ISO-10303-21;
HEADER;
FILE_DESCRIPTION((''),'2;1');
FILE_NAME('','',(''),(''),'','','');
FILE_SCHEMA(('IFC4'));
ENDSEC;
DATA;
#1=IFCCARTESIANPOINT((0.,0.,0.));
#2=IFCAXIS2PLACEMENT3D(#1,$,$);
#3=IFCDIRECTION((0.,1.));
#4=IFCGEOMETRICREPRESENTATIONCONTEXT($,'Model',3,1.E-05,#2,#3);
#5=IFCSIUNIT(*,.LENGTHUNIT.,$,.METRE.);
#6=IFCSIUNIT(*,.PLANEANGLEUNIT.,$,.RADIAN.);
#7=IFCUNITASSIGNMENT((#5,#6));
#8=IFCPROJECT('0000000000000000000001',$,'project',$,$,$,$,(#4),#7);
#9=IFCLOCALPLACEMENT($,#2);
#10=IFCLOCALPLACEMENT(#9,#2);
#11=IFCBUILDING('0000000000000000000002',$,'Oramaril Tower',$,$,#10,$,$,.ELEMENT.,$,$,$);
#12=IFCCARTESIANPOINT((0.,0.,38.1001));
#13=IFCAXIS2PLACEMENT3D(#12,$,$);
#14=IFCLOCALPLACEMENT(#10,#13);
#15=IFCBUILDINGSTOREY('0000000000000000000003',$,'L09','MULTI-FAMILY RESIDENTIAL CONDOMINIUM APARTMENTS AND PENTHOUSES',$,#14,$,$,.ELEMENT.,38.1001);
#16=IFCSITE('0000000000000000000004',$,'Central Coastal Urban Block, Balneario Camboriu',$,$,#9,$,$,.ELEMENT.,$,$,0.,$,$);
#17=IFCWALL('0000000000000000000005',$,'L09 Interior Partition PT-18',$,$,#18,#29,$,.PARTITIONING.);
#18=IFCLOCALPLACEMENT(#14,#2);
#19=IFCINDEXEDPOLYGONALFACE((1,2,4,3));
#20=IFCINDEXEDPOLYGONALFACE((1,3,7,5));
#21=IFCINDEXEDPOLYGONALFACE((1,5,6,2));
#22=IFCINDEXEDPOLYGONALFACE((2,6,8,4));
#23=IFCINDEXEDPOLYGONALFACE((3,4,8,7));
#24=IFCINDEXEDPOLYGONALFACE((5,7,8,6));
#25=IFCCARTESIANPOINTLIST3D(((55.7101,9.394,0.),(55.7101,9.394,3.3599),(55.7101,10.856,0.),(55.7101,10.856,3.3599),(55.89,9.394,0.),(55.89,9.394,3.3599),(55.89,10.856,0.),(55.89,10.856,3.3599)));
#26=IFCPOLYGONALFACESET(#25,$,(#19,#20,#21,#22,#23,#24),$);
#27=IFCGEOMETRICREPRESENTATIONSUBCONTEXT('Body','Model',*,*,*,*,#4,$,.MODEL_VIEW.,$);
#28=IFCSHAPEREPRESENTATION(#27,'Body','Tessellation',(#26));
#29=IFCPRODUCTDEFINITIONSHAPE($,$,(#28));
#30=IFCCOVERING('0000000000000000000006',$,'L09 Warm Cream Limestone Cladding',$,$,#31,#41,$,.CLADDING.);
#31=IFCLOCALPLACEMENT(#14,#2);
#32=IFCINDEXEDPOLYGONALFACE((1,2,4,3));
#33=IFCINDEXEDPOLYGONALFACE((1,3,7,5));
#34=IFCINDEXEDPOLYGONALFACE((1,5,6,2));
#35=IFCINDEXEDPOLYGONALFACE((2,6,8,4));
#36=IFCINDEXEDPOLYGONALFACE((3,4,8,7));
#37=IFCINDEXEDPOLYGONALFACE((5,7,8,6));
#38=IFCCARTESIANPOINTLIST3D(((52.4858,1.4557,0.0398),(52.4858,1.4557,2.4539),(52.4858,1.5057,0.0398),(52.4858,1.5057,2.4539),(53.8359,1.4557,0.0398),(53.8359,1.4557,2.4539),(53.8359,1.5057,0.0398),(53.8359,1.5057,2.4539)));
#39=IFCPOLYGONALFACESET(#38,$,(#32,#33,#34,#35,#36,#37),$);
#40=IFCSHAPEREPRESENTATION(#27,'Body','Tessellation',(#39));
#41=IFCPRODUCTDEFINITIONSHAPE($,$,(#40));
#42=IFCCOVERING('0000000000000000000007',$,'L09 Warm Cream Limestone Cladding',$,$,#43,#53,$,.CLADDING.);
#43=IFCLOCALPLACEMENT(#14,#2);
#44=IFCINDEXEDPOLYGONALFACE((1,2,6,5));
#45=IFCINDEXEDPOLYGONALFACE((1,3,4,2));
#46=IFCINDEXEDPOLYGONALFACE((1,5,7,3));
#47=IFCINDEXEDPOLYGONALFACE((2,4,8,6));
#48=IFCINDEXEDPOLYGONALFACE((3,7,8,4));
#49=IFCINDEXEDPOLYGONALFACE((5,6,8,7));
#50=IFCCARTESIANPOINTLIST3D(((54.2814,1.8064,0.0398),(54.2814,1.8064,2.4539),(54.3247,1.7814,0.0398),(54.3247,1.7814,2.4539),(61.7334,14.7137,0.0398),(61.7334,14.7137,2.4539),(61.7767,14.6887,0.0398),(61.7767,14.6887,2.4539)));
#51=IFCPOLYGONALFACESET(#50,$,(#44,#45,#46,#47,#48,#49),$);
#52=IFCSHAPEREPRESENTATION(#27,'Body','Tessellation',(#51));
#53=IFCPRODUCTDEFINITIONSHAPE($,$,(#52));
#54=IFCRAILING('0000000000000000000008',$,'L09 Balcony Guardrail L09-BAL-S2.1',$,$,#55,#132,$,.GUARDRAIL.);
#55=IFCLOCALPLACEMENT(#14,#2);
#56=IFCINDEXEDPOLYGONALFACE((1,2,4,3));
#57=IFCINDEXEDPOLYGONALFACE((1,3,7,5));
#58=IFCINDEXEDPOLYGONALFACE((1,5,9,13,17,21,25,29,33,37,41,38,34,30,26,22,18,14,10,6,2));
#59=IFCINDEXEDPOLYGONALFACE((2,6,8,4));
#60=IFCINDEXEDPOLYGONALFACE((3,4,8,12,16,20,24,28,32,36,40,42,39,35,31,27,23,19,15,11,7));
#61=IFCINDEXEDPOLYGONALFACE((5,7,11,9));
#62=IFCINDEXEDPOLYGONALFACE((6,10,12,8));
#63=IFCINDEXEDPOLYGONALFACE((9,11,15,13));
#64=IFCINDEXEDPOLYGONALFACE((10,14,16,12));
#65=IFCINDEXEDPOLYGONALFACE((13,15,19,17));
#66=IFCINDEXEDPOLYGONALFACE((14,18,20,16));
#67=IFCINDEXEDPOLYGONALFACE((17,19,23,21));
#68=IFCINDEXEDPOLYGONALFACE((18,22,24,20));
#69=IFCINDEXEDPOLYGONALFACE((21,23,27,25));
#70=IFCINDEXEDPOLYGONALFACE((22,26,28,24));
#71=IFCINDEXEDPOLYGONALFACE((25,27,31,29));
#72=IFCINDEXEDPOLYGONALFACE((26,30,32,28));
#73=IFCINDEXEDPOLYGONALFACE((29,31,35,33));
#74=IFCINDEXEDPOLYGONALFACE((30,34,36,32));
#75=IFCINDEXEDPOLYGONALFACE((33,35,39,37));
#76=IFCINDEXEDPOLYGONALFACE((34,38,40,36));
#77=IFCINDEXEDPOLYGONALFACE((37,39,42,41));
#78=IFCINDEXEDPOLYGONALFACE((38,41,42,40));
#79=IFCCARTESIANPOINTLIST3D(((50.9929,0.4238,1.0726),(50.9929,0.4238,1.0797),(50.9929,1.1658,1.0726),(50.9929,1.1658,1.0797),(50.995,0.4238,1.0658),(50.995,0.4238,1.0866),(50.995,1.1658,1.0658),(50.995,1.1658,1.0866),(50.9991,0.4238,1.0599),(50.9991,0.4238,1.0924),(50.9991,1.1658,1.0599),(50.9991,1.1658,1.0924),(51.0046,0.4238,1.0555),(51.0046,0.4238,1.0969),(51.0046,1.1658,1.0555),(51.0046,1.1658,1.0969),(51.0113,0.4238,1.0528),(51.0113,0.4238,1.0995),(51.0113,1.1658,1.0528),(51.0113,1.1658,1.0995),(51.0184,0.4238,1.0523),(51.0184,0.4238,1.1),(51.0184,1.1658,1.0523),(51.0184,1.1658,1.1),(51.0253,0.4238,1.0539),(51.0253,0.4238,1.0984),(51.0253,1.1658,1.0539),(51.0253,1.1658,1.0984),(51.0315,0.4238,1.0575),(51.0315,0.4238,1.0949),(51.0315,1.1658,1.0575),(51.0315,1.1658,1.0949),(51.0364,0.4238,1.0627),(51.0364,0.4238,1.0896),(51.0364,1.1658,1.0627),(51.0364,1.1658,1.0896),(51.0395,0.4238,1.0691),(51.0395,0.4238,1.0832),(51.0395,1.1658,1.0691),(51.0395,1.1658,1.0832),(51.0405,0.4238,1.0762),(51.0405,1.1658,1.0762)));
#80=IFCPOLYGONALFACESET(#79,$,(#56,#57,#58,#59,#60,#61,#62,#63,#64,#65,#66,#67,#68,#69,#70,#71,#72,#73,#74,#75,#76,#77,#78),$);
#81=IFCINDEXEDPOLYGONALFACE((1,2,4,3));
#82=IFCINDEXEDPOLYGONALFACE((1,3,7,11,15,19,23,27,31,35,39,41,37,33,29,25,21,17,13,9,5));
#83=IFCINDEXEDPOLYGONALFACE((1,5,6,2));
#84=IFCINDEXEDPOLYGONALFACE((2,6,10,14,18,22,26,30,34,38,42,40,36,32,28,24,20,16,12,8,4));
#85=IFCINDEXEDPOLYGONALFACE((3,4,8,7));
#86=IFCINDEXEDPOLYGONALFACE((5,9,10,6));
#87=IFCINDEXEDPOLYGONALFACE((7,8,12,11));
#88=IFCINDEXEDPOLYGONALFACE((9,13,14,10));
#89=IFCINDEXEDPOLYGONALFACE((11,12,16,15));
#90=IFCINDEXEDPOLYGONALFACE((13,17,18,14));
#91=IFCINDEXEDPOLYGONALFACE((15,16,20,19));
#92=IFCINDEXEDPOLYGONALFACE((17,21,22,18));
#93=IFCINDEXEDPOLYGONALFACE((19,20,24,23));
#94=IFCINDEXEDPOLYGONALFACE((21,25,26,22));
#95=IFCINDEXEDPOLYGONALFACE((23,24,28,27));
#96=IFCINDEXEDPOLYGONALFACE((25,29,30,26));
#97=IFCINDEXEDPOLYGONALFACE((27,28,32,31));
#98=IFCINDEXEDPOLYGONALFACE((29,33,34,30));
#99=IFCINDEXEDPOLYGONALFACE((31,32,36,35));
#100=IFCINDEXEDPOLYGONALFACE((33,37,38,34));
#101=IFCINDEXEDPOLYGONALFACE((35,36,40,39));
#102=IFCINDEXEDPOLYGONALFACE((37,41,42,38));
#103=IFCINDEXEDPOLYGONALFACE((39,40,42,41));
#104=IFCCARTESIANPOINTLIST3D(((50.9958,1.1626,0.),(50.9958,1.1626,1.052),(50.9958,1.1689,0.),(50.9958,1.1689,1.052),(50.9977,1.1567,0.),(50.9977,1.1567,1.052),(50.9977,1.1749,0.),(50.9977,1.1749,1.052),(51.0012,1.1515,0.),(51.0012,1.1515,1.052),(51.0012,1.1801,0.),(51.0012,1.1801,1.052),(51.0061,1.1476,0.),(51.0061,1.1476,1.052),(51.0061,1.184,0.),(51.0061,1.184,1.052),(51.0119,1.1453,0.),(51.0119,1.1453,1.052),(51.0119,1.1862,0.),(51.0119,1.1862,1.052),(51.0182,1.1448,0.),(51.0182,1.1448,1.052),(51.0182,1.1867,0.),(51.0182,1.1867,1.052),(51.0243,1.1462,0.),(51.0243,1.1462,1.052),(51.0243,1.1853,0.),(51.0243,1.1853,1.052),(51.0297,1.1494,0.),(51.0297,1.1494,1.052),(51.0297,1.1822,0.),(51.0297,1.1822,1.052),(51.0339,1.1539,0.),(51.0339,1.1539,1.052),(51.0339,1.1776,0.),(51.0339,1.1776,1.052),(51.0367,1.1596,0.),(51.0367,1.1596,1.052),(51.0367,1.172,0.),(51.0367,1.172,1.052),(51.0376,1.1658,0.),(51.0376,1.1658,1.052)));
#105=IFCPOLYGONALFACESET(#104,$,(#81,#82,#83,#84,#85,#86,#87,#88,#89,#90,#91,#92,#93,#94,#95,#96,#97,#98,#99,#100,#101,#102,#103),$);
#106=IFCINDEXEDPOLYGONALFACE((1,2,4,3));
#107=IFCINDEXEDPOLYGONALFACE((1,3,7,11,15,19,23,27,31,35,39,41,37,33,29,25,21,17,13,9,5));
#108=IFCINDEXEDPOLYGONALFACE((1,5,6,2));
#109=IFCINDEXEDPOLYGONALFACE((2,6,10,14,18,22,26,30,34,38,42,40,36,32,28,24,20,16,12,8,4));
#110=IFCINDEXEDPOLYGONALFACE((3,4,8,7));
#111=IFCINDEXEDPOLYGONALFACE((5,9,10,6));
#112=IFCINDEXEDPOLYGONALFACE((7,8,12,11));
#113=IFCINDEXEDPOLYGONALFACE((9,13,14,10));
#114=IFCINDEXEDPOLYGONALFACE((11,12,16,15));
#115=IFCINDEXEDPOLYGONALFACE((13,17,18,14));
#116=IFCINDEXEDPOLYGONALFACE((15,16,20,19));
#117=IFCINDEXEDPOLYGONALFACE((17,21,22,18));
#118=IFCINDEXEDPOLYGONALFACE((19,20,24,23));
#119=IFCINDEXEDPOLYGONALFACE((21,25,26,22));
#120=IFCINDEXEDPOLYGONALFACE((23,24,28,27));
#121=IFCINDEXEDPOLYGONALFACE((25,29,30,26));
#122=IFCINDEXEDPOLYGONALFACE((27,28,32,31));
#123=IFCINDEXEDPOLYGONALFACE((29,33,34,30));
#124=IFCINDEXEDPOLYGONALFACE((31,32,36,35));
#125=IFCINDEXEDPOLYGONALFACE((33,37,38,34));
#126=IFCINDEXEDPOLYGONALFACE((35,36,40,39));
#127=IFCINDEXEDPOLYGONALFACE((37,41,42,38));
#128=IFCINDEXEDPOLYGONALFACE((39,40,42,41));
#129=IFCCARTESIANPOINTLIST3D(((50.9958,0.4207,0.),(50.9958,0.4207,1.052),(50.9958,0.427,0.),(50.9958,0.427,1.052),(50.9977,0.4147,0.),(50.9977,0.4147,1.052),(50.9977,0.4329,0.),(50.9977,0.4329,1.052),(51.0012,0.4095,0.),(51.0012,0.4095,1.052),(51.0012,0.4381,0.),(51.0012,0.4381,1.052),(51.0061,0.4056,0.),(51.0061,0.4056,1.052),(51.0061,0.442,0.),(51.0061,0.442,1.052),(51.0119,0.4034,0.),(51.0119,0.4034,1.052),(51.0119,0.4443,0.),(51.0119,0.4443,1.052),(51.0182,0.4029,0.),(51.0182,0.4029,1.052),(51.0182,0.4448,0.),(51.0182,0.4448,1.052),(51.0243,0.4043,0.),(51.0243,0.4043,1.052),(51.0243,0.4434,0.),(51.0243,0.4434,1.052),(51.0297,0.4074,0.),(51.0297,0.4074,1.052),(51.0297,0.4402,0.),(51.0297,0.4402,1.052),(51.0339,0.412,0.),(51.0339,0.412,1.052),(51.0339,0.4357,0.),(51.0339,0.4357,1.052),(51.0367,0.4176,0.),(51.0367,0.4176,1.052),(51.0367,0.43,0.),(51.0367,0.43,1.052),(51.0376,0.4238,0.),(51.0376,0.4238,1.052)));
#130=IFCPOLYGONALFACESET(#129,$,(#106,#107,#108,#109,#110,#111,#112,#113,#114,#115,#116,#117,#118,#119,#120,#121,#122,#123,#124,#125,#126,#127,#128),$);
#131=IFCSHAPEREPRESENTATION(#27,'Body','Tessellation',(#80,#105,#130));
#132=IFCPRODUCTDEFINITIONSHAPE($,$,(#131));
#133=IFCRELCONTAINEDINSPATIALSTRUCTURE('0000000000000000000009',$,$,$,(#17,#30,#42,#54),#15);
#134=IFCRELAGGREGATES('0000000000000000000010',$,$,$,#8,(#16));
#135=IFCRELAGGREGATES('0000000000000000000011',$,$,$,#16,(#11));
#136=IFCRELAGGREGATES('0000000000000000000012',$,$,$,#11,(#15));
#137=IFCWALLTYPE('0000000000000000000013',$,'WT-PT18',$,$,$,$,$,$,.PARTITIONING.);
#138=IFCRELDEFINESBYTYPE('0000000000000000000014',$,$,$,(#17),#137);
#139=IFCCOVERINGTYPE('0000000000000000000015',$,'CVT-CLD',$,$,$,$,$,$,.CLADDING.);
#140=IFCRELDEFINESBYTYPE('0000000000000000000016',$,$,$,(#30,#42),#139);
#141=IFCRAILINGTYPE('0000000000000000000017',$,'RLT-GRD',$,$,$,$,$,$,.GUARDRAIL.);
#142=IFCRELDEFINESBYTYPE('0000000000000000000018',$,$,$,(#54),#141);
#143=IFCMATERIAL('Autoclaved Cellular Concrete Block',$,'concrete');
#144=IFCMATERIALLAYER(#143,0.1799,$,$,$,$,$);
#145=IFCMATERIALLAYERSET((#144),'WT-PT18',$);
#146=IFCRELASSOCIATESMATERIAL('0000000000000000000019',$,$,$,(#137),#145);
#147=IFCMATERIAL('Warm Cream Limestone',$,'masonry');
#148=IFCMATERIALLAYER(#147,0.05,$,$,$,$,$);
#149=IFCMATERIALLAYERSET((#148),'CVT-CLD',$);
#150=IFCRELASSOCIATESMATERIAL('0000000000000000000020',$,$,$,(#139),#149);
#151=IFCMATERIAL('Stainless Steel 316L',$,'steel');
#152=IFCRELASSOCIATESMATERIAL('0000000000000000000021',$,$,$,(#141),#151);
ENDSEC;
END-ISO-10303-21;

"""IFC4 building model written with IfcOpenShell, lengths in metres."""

from ifc_helpers import new_model, si_unit, direction, frame, frame_2d, origin, origin_2d, place, context, subcontext, project, spatial, rectangle, circle, extrude, material, layer, layer_set, type_object, element, save


model = new_model("IFC4")

# Units and contexts
model_context = context("Model", 3, precision=1e-05, world=origin(), true_north=direction((0.0, 1.0)))
body_context = subcontext(model_context, "Body", "Model", "MODEL_VIEW")
ifc_project = project(units=[si_unit("LENGTHUNIT", "METRE"), si_unit("PLANEANGLEUNIT", "RADIAN")], contexts=[model_context])

# Site, building, storey
site_placement = place(None, origin())
site = spatial("IfcSite", under=ifc_project, at=site_placement, Name="Central Coastal Urban Block, Balneario Camboriu", CompositionType="ELEMENT", RefElevation=0.0)
building_placement = place(site_placement, origin())
building = spatial("IfcBuilding", under=site, at=building_placement, Name="Oramaril Tower", CompositionType="ELEMENT")
storey_placement = place(building_placement, frame((0.0, 0.0, 38.1001)))
storey = spatial("IfcBuildingStorey", under=building, at=storey_placement, Name="L09", Description="MULTI-FAMILY RESIDENTIAL CONDOMINIUM APARTMENTS AND PENTHOUSES", CompositionType="ELEMENT", Elevation=38.1001)

# Wall
ifc_material_1 = material(Name="Autoclaved Cellular Concrete Block", Category="concrete")
ifc_layer_1 = layer(ifc_material_1, 0.1799)
ifc_layer_set_1 = layer_set([ifc_layer_1], Name="WT-PT18")
wall_type_1 = type_object("IfcWallType", Name="WT-PT18", PredefinedType="PARTITIONING", material=ifc_layer_set_1)
wall_1_placement = place(storey_placement, frame((55.8, 9.394, 0.0), z_axis=(0.0, 0.0, 1.0), x_axis=(0.0, 1.0, 0.0)))
element("IfcWall", 1, at=wall_1_placement, inside=storey, type_object=wall_type_1, Name="L09 Interior Partition PT-18", PredefinedType="PARTITIONING", context=body_context, shape_type="SweptSolid", body=[
    extrude(rectangle(XDim=1.4619, YDim=0.1799, at=frame_2d((0.731, 0.0))), origin(), (0.0, 0.0, 1.0), 3.3599),
])

# Coverings
ifc_material_2 = material(Name="Warm Cream Limestone", Category="masonry")
ifc_layer_2 = layer(ifc_material_2, 0.05)
ifc_layer_set_2 = layer_set([ifc_layer_2], Name="CVT-CLD")
covering_type = type_object("IfcCoveringType", Name="CVT-CLD", PredefinedType="CLADDING", material=ifc_layer_set_2)
covering_1_placement = place(storey_placement, frame((53.1609, 1.4807, 0.0398), z_axis=(0.0, 0.0, 1.0), x_axis=(1.0, 0.0, 0.0)))
element("IfcCovering", 2, at=covering_1_placement, inside=storey, type_object=covering_type, Name="L09 Warm Cream Limestone Cladding", PredefinedType="CLADDING", context=body_context, shape_type="SweptSolid", body=[
    extrude(rectangle(XDim=1.3501, YDim=0.05, at=origin_2d()), origin(), (0.0, 0.0, 1.0), 2.4141),
])
covering_2_placement = place(storey_placement, frame((58.0291, 8.2476, 0.0398), z_axis=(0.0, 0.0, 1.0), x_axis=(0.499995, 0.866028, 0.0)))
element("IfcCovering", 3, at=covering_2_placement, inside=storey, type_object=covering_type, Name="L09 Warm Cream Limestone Cladding", PredefinedType="CLADDING", context=body_context, shape_type="SweptSolid", body=[
    extrude(rectangle(XDim=14.9041, YDim=0.05, at=origin_2d()), origin(), (0.0, 0.0, 1.0), 2.4141),
])

# Railing
ifc_material_3 = material(Name="Stainless Steel 316L", Category="steel")
railing_type = type_object("IfcRailingType", Name="RLT-GRD", PredefinedType="GUARDRAIL", material=ifc_material_3)
railing_1_placement = place(storey_placement, frame((51.0166, 1.1658, 0.0)))
element("IfcRailing", 4, at=railing_1_placement, inside=storey, type_object=railing_type, Name="L09 Balcony Guardrail L09-BAL-S2.1", PredefinedType="GUARDRAIL", context=body_context, shape_type="SweptSolid", body=[
    extrude(circle(Radius=0.0239, at=origin_2d()), frame((0.0, 0.0, 1.0762), z_axis=(0.0, -1.0, 0.0), x_axis=(1.0, 0.0, 0.0)), (0.0, 0.0, 1.0), 0.7419),
    extrude(circle(Radius=0.021, at=origin_2d()), origin(), (0.0, 0.0, 1.0), 1.052),
    extrude(circle(Radius=0.021, at=origin_2d()), frame((0.0, -0.7419, 0.0)), (0.0, 0.0, 1.0), 1.052),
])

save(model, "model.ifc")
